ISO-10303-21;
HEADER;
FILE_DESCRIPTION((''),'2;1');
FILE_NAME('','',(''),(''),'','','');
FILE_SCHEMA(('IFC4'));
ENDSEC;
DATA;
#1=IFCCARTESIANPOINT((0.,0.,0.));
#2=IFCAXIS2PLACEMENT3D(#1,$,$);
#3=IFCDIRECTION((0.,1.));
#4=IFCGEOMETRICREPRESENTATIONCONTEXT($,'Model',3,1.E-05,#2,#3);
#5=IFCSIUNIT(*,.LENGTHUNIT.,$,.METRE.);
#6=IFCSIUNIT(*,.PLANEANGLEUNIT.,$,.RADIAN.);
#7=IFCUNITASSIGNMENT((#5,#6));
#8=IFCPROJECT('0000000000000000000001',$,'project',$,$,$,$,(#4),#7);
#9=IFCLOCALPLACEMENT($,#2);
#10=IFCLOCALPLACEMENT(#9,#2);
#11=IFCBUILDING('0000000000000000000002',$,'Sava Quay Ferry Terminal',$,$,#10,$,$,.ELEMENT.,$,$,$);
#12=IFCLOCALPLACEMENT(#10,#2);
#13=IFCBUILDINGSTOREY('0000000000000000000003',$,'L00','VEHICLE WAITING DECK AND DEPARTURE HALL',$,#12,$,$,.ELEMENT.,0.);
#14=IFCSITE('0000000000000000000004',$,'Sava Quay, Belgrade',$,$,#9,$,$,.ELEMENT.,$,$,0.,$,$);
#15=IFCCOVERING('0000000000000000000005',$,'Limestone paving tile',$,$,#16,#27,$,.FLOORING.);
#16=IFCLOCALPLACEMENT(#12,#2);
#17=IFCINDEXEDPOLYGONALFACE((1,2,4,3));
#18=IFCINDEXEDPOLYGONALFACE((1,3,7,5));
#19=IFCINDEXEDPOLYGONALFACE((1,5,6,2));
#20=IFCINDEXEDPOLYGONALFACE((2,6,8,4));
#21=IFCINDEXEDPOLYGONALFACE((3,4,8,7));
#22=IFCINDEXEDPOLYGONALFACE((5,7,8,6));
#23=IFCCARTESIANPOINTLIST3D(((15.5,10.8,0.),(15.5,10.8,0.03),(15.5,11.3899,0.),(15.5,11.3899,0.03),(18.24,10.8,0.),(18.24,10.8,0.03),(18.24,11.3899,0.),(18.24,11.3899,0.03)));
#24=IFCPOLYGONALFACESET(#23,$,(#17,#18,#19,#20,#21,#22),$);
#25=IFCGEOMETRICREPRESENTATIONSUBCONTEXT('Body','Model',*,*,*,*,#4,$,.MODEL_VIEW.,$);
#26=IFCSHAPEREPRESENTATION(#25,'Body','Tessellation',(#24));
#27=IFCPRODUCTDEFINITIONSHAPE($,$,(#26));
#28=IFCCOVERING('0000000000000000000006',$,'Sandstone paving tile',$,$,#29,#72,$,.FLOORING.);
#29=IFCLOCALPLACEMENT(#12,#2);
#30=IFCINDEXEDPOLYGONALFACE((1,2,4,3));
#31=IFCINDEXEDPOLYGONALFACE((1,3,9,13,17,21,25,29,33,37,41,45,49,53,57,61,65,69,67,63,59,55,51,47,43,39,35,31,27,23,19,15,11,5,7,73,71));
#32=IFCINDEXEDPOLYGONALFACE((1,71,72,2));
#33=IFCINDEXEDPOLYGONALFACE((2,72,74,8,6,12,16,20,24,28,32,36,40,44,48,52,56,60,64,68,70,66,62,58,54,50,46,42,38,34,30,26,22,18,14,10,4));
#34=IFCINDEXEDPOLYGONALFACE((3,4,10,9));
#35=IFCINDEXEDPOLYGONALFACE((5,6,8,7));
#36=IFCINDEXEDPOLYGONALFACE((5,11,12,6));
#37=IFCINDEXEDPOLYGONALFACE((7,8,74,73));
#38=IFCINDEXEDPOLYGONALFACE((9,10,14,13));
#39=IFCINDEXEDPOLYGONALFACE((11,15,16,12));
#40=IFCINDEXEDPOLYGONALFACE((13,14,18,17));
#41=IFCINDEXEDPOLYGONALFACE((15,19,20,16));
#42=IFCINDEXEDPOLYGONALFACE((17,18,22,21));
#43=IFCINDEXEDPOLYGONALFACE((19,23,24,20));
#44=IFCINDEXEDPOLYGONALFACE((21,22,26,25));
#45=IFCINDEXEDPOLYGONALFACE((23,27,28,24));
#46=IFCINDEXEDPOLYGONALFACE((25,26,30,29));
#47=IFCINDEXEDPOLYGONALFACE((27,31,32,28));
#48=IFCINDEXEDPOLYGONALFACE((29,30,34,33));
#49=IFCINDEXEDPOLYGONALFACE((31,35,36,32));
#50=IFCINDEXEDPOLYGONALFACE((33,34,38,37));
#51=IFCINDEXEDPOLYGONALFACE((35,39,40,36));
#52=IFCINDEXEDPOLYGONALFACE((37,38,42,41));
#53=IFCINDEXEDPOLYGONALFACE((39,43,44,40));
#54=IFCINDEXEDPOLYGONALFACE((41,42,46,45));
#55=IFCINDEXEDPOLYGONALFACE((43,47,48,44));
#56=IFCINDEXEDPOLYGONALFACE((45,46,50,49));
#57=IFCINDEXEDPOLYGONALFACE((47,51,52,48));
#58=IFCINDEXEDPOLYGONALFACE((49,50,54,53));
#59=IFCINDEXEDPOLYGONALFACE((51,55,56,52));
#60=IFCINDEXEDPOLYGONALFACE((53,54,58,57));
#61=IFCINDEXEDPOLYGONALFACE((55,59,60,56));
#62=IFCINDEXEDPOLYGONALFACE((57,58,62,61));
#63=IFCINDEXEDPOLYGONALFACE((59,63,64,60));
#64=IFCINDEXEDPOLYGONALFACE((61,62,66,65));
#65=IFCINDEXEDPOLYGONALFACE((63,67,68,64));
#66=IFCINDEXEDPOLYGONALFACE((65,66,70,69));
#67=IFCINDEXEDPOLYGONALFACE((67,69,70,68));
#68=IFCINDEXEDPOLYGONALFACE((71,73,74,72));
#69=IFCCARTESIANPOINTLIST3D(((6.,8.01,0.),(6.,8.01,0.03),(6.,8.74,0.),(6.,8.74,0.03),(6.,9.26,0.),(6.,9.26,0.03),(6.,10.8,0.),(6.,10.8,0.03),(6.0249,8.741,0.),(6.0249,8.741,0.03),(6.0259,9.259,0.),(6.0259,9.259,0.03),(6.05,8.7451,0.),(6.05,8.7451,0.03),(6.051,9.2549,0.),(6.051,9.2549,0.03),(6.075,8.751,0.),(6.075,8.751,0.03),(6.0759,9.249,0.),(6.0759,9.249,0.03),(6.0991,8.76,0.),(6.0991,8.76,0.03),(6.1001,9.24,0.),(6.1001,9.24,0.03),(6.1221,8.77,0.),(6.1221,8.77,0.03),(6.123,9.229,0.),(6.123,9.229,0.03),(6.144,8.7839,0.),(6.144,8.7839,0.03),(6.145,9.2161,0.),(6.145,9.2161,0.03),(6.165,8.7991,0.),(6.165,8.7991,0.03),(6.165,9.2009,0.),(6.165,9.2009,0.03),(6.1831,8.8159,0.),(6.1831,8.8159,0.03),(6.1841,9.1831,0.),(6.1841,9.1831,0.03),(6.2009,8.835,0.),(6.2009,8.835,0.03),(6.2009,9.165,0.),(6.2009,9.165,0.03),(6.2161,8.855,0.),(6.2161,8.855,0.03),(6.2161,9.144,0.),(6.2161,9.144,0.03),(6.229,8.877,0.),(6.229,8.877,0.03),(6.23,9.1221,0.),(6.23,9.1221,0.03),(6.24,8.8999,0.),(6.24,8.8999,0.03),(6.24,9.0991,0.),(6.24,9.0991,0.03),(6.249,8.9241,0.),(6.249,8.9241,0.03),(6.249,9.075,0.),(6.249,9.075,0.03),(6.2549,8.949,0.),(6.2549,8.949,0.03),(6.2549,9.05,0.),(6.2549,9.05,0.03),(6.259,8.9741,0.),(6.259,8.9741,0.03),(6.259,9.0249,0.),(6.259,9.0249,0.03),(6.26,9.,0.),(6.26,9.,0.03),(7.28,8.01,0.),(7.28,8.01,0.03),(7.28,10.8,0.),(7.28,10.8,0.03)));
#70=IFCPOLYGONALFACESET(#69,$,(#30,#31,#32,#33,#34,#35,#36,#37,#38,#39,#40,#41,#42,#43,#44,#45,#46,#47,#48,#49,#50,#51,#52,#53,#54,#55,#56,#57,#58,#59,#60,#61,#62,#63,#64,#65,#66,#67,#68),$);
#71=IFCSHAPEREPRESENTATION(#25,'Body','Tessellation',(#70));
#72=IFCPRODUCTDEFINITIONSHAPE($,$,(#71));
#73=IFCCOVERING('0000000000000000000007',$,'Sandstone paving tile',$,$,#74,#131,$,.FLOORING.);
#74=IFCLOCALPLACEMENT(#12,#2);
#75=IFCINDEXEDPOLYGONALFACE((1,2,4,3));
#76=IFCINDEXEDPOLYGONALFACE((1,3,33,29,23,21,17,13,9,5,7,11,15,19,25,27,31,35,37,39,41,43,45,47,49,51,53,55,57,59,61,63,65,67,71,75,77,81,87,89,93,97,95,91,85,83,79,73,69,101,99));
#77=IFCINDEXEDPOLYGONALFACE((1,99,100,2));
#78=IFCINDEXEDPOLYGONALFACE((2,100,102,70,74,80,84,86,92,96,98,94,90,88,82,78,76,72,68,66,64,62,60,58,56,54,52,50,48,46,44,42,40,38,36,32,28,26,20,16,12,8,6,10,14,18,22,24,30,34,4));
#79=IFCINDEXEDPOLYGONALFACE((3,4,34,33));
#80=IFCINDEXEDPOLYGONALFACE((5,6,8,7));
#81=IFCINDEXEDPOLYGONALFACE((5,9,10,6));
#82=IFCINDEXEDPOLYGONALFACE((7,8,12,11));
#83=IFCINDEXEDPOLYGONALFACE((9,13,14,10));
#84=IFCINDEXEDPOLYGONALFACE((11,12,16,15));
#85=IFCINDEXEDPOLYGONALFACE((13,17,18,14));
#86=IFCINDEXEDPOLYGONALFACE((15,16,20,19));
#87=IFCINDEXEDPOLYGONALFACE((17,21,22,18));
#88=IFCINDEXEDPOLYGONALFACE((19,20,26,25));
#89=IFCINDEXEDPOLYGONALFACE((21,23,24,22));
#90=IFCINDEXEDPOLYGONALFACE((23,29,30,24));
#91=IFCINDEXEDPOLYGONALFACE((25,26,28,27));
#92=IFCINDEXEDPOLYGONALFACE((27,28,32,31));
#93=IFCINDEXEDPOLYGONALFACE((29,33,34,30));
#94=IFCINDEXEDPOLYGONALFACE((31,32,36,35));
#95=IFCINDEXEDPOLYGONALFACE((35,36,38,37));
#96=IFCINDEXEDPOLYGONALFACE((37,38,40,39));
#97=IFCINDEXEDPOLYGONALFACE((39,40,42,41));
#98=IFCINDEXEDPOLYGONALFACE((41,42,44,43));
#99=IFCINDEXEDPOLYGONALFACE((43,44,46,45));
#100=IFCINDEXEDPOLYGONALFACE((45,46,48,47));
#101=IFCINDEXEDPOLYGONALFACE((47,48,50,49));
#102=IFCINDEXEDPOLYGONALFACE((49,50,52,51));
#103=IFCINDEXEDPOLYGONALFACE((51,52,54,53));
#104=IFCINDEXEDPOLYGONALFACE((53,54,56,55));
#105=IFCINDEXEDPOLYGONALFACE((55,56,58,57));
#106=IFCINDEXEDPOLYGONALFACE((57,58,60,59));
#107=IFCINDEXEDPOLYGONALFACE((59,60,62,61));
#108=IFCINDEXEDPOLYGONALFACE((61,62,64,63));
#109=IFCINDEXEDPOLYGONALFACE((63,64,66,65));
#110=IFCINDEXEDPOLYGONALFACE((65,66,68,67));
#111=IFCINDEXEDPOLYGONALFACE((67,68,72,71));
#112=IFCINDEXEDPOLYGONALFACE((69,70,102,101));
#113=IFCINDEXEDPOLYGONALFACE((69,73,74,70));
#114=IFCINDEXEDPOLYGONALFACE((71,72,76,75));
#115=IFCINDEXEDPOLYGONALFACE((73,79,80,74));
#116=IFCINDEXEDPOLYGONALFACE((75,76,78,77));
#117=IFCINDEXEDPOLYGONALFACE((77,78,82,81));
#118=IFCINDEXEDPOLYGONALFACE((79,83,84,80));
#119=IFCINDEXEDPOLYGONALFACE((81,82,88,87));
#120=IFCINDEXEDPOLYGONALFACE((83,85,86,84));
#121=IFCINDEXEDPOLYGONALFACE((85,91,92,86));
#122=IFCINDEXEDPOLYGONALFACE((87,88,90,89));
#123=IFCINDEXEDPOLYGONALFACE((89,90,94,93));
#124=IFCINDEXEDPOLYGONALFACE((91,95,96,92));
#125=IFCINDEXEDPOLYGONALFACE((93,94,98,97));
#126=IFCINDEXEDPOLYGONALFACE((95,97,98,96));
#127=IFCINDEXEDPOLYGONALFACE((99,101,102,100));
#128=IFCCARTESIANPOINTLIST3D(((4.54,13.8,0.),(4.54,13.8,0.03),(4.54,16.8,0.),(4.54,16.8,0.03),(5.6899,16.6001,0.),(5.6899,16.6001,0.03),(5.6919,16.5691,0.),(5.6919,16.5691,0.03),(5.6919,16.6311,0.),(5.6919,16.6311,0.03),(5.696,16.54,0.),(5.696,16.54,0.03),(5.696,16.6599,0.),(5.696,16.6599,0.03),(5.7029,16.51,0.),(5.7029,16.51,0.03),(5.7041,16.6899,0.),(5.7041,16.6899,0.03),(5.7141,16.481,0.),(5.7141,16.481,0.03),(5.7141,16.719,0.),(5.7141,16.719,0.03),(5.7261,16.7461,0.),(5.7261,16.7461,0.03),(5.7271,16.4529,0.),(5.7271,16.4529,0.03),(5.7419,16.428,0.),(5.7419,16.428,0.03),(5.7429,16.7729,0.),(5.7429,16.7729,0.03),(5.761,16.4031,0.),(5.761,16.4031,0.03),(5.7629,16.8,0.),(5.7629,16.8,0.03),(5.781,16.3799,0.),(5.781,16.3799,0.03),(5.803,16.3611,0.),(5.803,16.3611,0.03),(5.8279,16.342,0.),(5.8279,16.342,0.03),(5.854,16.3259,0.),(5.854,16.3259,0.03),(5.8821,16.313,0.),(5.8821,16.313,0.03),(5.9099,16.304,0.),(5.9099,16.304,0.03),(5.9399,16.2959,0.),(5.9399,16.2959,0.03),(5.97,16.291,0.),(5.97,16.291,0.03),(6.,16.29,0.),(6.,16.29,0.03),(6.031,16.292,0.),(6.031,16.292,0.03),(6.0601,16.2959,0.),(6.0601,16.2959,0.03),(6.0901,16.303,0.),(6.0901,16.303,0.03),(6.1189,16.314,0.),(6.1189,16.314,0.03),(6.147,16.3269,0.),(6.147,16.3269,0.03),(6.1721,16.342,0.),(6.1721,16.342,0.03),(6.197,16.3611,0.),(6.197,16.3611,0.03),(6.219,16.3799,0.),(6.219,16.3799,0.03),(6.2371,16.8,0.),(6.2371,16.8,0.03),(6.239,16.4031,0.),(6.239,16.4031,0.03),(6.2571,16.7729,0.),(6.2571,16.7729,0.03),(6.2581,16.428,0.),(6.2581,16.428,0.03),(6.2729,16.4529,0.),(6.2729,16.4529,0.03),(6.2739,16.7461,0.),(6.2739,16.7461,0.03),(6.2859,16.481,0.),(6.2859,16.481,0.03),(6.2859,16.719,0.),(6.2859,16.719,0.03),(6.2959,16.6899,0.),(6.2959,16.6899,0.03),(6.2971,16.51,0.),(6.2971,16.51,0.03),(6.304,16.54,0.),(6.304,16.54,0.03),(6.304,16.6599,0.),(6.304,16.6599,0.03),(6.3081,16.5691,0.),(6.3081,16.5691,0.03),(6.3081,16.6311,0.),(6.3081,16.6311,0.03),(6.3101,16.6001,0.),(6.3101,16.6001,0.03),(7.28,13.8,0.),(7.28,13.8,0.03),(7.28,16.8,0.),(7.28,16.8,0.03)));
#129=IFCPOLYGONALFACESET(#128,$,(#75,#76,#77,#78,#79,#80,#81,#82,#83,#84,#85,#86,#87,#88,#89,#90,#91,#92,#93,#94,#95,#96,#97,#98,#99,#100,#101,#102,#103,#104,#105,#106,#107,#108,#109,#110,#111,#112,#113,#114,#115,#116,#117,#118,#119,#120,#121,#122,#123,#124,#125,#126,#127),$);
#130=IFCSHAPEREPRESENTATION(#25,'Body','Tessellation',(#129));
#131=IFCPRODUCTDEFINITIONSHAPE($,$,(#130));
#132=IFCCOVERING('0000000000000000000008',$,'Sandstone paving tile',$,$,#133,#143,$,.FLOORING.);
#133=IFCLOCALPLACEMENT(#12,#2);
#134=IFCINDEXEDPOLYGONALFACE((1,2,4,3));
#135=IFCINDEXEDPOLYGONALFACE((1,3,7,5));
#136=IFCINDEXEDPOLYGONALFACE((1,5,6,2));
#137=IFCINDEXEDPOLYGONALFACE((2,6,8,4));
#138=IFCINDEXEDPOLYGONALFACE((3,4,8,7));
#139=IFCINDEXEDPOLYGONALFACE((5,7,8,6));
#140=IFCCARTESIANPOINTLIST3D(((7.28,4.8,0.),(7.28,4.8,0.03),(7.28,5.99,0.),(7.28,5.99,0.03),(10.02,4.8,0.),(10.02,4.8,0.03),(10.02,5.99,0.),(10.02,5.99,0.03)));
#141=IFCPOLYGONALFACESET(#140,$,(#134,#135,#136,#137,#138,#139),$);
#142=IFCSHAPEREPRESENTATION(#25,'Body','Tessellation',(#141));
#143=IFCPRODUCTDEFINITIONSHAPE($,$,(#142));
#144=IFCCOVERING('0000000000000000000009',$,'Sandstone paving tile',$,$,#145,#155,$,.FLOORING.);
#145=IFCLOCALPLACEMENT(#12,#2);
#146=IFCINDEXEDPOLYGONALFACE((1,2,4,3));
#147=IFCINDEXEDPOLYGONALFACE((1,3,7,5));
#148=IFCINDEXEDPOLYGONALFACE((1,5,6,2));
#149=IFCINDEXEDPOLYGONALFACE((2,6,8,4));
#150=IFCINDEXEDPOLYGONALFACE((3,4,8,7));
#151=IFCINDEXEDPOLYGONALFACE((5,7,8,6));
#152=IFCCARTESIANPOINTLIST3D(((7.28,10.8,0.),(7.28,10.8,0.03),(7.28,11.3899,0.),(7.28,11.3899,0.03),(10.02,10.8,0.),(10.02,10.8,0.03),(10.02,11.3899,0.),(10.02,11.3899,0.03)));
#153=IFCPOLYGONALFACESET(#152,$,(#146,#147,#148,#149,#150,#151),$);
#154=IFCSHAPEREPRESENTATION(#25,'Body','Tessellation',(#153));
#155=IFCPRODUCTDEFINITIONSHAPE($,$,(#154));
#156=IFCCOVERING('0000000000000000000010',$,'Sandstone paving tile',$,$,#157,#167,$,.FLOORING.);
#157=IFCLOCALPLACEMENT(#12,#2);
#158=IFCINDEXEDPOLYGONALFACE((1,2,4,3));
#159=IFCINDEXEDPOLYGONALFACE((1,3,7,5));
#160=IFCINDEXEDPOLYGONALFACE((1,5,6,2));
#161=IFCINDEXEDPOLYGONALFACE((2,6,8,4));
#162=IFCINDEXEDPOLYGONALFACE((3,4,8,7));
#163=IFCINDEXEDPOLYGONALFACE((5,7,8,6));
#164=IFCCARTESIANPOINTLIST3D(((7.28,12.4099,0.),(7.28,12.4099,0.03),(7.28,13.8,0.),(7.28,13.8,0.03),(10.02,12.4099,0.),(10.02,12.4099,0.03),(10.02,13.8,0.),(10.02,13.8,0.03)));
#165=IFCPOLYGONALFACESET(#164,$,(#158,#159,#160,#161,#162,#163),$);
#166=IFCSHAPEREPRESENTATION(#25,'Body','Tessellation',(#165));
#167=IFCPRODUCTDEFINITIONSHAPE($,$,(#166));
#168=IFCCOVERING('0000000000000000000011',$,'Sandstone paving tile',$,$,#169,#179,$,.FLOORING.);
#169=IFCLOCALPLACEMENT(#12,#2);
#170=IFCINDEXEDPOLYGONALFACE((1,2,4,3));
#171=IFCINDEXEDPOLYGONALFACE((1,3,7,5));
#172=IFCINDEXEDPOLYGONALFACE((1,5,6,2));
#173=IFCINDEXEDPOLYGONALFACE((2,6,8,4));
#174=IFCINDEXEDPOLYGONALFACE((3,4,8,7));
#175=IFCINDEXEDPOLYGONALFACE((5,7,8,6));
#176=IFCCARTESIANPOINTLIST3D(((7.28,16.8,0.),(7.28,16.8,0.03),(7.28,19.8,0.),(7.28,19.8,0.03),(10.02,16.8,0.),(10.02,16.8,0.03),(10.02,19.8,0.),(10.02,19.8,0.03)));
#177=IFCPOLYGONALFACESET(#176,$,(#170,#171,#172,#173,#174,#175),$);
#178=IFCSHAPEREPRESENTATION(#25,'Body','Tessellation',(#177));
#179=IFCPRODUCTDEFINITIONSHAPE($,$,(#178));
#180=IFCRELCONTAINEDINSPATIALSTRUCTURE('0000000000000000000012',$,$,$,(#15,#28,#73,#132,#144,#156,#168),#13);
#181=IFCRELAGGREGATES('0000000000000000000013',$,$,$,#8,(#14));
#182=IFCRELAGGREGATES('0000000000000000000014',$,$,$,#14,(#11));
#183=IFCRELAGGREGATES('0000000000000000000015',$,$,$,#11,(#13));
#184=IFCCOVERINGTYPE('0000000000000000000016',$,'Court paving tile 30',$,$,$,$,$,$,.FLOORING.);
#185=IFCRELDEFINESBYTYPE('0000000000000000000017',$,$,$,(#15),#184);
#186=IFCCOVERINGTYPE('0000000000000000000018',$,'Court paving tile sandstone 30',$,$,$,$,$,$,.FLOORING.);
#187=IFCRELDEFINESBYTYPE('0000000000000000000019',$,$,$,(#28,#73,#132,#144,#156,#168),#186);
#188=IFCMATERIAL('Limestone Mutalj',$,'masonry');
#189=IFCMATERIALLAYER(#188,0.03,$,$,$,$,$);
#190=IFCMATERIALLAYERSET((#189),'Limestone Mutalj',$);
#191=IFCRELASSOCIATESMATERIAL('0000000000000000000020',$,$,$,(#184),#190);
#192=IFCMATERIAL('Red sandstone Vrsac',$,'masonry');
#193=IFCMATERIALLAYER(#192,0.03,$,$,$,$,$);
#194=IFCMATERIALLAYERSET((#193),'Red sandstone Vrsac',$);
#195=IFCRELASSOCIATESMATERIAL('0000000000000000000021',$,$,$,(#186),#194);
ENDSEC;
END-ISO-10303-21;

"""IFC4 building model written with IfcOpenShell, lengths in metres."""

from ifc_helpers import new_model, si_unit, direction, origin, place, context, subcontext, project, spatial, polyline, outline, extrude, material, layer, layer_set, type_object, element, save


model = new_model("IFC4")

# Units and contexts
model_context = context("Model", 3, precision=1e-05, world=origin(), true_north=direction((0.0, 1.0)))
body_context = subcontext(model_context, "Body", "Model", "MODEL_VIEW")
ifc_project = project(units=[si_unit("LENGTHUNIT", "METRE"), si_unit("PLANEANGLEUNIT", "RADIAN")], contexts=[model_context])

# Site, building, storey
site_placement = place(None, origin())
site = spatial("IfcSite", under=ifc_project, at=site_placement, Name="Sava Quay, Belgrade", CompositionType="ELEMENT", RefElevation=0.0)
building_placement = place(site_placement, origin())
building = spatial("IfcBuilding", under=site, at=building_placement, Name="Sava Quay Ferry Terminal", CompositionType="ELEMENT")
storey_placement = place(building_placement, origin())
storey = spatial("IfcBuildingStorey", under=building, at=storey_placement, Name="L00", Description="VEHICLE WAITING DECK AND DEPARTURE HALL", CompositionType="ELEMENT", Elevation=0.0)

# Coverings
ifc_material_1 = material(Name="Limestone Mutalj", Category="masonry")
ifc_layer_1 = layer(ifc_material_1, 0.03)
ifc_layer_set_1 = layer_set([ifc_layer_1], Name="Limestone Mutalj")
covering_type_1 = type_object("IfcCoveringType", Name="Court paving tile 30", PredefinedType="FLOORING", material=ifc_layer_set_1)
covering_1_placement = place(storey_placement, origin())
element("IfcCovering", 1, at=covering_1_placement, inside=storey, type_object=covering_type_1, Name="Limestone paving tile", PredefinedType="FLOORING", context=body_context, shape_type="SweptSolid", body=[
    extrude(outline(polyline([(18.24, 10.8), (18.24, 11.3899), (15.5, 11.3899), (15.5, 10.8), (18.24, 10.8)])), origin(), (0.0, 0.0, 1.0), 0.03),
])
ifc_material_2 = material(Name="Red sandstone Vrsac", Category="masonry")
ifc_layer_2 = layer(ifc_material_2, 0.03)
ifc_layer_set_2 = layer_set([ifc_layer_2], Name="Red sandstone Vrsac")
covering_type_2 = type_object("IfcCoveringType", Name="Court paving tile sandstone 30", PredefinedType="FLOORING", material=ifc_layer_set_2)
covering_2_placement = place(storey_placement, origin())
element("IfcCovering", 2, at=covering_2_placement, inside=storey, type_object=covering_type_2, Name="Sandstone paving tile", PredefinedType="FLOORING", context=body_context, shape_type="SweptSolid", body=[
    extrude(outline(polyline([(7.28, 10.8), (6.0, 10.8), (6.0, 9.26), (6.0259, 9.259), (6.051, 9.2549), (6.0759, 9.249), (6.1001, 9.24), (6.123, 9.229), (6.145, 9.2161), (6.165, 9.2009), (6.1841, 9.1831), (6.2009, 9.165), (6.2161, 9.144), (6.23, 9.1221), (6.24, 9.0991), (6.249, 9.075), (6.2549, 9.05), (6.259, 9.0249), (6.26, 9.0), (6.259, 8.9741), (6.2549, 8.949), (6.249, 8.9241), (6.24, 8.8999), (6.229, 8.877), (6.2161, 8.855), (6.2009, 8.835), (6.1831, 8.8159), (6.165, 8.7991), (6.144, 8.7839), (6.1221, 8.77), (6.0991, 8.76), (6.075, 8.751), (6.05, 8.7451), (6.0249, 8.741), (6.0, 8.74), (6.0, 8.01), (7.28, 8.01), (7.28, 10.8)])), origin(), (0.0, 0.0, 1.0), 0.03),
])
covering_3_placement = place(storey_placement, origin())
element("IfcCovering", 3, at=covering_3_placement, inside=storey, type_object=covering_type_2, Name="Sandstone paving tile", PredefinedType="FLOORING", context=body_context, shape_type="SweptSolid", body=[
    extrude(outline(polyline([(7.28, 16.8), (6.2371, 16.8), (6.2571, 16.7729), (6.2739, 16.7461), (6.2859, 16.719), (6.2959, 16.6899), (6.304, 16.6599), (6.3081, 16.6311), (6.3101, 16.6001), (6.3081, 16.5691), (6.304, 16.54), (6.2971, 16.51), (6.2859, 16.481), (6.2729, 16.4529), (6.2581, 16.428), (6.239, 16.4031), (6.219, 16.3799), (6.197, 16.3611), (6.1721, 16.342), (6.147, 16.3269), (6.1189, 16.314), (6.0901, 16.303), (6.0601, 16.2959), (6.031, 16.292), (6.0, 16.29), (5.97, 16.291), (5.9399, 16.2959), (5.9099, 16.304), (5.8821, 16.313), (5.854, 16.3259), (5.8279, 16.342), (5.803, 16.3611), (5.781, 16.3799), (5.761, 16.4031), (5.7419, 16.428), (5.7271, 16.4529), (5.7141, 16.481), (5.7029, 16.51), (5.696, 16.54), (5.6919, 16.5691), (5.6899, 16.6001), (5.6919, 16.6311), (5.696, 16.6599), (5.7041, 16.6899), (5.7141, 16.719), (5.7261, 16.7461), (5.7429, 16.7729), (5.7629, 16.8), (4.54, 16.8), (4.54, 13.8), (7.28, 13.8), (7.28, 16.8)])), origin(), (0.0, 0.0, 1.0), 0.03),
])
covering_4_placement = place(storey_placement, origin())
element("IfcCovering", 4, at=covering_4_placement, inside=storey, type_object=covering_type_2, Name="Sandstone paving tile", PredefinedType="FLOORING", context=body_context, shape_type="SweptSolid", body=[
    extrude(outline(polyline([(10.02, 4.8), (10.02, 5.99), (7.28, 5.99), (7.28, 4.8), (10.02, 4.8)])), origin(), (0.0, 0.0, 1.0), 0.03),
])
covering_5_placement = place(storey_placement, origin())
element("IfcCovering", 5, at=covering_5_placement, inside=storey, type_object=covering_type_2, Name="Sandstone paving tile", PredefinedType="FLOORING", context=body_context, shape_type="SweptSolid", body=[
    extrude(outline(polyline([(10.02, 10.8), (10.02, 11.3899), (7.28, 11.3899), (7.28, 10.8), (10.02, 10.8)])), origin(), (0.0, 0.0, 1.0), 0.03),
])
covering_6_placement = place(storey_placement, origin())
element("IfcCovering", 6, at=covering_6_placement, inside=storey, type_object=covering_type_2, Name="Sandstone paving tile", PredefinedType="FLOORING", context=body_context, shape_type="SweptSolid", body=[
    extrude(outline(polyline([(7.28, 13.8), (7.28, 12.4099), (10.02, 12.4099), (10.02, 13.8), (7.28, 13.8)])), origin(), (0.0, 0.0, 1.0), 0.03),
])
covering_7_placement = place(storey_placement, origin())
element("IfcCovering", 7, at=covering_7_placement, inside=storey, type_object=covering_type_2, Name="Sandstone paving tile", PredefinedType="FLOORING", context=body_context, shape_type="SweptSolid", body=[
    extrude(outline(polyline([(10.02, 16.8), (10.02, 19.8), (7.28, 19.8), (7.28, 16.8), (10.02, 16.8)])), origin(), (0.0, 0.0, 1.0), 0.03),
])

save(model, "model.ifc")
